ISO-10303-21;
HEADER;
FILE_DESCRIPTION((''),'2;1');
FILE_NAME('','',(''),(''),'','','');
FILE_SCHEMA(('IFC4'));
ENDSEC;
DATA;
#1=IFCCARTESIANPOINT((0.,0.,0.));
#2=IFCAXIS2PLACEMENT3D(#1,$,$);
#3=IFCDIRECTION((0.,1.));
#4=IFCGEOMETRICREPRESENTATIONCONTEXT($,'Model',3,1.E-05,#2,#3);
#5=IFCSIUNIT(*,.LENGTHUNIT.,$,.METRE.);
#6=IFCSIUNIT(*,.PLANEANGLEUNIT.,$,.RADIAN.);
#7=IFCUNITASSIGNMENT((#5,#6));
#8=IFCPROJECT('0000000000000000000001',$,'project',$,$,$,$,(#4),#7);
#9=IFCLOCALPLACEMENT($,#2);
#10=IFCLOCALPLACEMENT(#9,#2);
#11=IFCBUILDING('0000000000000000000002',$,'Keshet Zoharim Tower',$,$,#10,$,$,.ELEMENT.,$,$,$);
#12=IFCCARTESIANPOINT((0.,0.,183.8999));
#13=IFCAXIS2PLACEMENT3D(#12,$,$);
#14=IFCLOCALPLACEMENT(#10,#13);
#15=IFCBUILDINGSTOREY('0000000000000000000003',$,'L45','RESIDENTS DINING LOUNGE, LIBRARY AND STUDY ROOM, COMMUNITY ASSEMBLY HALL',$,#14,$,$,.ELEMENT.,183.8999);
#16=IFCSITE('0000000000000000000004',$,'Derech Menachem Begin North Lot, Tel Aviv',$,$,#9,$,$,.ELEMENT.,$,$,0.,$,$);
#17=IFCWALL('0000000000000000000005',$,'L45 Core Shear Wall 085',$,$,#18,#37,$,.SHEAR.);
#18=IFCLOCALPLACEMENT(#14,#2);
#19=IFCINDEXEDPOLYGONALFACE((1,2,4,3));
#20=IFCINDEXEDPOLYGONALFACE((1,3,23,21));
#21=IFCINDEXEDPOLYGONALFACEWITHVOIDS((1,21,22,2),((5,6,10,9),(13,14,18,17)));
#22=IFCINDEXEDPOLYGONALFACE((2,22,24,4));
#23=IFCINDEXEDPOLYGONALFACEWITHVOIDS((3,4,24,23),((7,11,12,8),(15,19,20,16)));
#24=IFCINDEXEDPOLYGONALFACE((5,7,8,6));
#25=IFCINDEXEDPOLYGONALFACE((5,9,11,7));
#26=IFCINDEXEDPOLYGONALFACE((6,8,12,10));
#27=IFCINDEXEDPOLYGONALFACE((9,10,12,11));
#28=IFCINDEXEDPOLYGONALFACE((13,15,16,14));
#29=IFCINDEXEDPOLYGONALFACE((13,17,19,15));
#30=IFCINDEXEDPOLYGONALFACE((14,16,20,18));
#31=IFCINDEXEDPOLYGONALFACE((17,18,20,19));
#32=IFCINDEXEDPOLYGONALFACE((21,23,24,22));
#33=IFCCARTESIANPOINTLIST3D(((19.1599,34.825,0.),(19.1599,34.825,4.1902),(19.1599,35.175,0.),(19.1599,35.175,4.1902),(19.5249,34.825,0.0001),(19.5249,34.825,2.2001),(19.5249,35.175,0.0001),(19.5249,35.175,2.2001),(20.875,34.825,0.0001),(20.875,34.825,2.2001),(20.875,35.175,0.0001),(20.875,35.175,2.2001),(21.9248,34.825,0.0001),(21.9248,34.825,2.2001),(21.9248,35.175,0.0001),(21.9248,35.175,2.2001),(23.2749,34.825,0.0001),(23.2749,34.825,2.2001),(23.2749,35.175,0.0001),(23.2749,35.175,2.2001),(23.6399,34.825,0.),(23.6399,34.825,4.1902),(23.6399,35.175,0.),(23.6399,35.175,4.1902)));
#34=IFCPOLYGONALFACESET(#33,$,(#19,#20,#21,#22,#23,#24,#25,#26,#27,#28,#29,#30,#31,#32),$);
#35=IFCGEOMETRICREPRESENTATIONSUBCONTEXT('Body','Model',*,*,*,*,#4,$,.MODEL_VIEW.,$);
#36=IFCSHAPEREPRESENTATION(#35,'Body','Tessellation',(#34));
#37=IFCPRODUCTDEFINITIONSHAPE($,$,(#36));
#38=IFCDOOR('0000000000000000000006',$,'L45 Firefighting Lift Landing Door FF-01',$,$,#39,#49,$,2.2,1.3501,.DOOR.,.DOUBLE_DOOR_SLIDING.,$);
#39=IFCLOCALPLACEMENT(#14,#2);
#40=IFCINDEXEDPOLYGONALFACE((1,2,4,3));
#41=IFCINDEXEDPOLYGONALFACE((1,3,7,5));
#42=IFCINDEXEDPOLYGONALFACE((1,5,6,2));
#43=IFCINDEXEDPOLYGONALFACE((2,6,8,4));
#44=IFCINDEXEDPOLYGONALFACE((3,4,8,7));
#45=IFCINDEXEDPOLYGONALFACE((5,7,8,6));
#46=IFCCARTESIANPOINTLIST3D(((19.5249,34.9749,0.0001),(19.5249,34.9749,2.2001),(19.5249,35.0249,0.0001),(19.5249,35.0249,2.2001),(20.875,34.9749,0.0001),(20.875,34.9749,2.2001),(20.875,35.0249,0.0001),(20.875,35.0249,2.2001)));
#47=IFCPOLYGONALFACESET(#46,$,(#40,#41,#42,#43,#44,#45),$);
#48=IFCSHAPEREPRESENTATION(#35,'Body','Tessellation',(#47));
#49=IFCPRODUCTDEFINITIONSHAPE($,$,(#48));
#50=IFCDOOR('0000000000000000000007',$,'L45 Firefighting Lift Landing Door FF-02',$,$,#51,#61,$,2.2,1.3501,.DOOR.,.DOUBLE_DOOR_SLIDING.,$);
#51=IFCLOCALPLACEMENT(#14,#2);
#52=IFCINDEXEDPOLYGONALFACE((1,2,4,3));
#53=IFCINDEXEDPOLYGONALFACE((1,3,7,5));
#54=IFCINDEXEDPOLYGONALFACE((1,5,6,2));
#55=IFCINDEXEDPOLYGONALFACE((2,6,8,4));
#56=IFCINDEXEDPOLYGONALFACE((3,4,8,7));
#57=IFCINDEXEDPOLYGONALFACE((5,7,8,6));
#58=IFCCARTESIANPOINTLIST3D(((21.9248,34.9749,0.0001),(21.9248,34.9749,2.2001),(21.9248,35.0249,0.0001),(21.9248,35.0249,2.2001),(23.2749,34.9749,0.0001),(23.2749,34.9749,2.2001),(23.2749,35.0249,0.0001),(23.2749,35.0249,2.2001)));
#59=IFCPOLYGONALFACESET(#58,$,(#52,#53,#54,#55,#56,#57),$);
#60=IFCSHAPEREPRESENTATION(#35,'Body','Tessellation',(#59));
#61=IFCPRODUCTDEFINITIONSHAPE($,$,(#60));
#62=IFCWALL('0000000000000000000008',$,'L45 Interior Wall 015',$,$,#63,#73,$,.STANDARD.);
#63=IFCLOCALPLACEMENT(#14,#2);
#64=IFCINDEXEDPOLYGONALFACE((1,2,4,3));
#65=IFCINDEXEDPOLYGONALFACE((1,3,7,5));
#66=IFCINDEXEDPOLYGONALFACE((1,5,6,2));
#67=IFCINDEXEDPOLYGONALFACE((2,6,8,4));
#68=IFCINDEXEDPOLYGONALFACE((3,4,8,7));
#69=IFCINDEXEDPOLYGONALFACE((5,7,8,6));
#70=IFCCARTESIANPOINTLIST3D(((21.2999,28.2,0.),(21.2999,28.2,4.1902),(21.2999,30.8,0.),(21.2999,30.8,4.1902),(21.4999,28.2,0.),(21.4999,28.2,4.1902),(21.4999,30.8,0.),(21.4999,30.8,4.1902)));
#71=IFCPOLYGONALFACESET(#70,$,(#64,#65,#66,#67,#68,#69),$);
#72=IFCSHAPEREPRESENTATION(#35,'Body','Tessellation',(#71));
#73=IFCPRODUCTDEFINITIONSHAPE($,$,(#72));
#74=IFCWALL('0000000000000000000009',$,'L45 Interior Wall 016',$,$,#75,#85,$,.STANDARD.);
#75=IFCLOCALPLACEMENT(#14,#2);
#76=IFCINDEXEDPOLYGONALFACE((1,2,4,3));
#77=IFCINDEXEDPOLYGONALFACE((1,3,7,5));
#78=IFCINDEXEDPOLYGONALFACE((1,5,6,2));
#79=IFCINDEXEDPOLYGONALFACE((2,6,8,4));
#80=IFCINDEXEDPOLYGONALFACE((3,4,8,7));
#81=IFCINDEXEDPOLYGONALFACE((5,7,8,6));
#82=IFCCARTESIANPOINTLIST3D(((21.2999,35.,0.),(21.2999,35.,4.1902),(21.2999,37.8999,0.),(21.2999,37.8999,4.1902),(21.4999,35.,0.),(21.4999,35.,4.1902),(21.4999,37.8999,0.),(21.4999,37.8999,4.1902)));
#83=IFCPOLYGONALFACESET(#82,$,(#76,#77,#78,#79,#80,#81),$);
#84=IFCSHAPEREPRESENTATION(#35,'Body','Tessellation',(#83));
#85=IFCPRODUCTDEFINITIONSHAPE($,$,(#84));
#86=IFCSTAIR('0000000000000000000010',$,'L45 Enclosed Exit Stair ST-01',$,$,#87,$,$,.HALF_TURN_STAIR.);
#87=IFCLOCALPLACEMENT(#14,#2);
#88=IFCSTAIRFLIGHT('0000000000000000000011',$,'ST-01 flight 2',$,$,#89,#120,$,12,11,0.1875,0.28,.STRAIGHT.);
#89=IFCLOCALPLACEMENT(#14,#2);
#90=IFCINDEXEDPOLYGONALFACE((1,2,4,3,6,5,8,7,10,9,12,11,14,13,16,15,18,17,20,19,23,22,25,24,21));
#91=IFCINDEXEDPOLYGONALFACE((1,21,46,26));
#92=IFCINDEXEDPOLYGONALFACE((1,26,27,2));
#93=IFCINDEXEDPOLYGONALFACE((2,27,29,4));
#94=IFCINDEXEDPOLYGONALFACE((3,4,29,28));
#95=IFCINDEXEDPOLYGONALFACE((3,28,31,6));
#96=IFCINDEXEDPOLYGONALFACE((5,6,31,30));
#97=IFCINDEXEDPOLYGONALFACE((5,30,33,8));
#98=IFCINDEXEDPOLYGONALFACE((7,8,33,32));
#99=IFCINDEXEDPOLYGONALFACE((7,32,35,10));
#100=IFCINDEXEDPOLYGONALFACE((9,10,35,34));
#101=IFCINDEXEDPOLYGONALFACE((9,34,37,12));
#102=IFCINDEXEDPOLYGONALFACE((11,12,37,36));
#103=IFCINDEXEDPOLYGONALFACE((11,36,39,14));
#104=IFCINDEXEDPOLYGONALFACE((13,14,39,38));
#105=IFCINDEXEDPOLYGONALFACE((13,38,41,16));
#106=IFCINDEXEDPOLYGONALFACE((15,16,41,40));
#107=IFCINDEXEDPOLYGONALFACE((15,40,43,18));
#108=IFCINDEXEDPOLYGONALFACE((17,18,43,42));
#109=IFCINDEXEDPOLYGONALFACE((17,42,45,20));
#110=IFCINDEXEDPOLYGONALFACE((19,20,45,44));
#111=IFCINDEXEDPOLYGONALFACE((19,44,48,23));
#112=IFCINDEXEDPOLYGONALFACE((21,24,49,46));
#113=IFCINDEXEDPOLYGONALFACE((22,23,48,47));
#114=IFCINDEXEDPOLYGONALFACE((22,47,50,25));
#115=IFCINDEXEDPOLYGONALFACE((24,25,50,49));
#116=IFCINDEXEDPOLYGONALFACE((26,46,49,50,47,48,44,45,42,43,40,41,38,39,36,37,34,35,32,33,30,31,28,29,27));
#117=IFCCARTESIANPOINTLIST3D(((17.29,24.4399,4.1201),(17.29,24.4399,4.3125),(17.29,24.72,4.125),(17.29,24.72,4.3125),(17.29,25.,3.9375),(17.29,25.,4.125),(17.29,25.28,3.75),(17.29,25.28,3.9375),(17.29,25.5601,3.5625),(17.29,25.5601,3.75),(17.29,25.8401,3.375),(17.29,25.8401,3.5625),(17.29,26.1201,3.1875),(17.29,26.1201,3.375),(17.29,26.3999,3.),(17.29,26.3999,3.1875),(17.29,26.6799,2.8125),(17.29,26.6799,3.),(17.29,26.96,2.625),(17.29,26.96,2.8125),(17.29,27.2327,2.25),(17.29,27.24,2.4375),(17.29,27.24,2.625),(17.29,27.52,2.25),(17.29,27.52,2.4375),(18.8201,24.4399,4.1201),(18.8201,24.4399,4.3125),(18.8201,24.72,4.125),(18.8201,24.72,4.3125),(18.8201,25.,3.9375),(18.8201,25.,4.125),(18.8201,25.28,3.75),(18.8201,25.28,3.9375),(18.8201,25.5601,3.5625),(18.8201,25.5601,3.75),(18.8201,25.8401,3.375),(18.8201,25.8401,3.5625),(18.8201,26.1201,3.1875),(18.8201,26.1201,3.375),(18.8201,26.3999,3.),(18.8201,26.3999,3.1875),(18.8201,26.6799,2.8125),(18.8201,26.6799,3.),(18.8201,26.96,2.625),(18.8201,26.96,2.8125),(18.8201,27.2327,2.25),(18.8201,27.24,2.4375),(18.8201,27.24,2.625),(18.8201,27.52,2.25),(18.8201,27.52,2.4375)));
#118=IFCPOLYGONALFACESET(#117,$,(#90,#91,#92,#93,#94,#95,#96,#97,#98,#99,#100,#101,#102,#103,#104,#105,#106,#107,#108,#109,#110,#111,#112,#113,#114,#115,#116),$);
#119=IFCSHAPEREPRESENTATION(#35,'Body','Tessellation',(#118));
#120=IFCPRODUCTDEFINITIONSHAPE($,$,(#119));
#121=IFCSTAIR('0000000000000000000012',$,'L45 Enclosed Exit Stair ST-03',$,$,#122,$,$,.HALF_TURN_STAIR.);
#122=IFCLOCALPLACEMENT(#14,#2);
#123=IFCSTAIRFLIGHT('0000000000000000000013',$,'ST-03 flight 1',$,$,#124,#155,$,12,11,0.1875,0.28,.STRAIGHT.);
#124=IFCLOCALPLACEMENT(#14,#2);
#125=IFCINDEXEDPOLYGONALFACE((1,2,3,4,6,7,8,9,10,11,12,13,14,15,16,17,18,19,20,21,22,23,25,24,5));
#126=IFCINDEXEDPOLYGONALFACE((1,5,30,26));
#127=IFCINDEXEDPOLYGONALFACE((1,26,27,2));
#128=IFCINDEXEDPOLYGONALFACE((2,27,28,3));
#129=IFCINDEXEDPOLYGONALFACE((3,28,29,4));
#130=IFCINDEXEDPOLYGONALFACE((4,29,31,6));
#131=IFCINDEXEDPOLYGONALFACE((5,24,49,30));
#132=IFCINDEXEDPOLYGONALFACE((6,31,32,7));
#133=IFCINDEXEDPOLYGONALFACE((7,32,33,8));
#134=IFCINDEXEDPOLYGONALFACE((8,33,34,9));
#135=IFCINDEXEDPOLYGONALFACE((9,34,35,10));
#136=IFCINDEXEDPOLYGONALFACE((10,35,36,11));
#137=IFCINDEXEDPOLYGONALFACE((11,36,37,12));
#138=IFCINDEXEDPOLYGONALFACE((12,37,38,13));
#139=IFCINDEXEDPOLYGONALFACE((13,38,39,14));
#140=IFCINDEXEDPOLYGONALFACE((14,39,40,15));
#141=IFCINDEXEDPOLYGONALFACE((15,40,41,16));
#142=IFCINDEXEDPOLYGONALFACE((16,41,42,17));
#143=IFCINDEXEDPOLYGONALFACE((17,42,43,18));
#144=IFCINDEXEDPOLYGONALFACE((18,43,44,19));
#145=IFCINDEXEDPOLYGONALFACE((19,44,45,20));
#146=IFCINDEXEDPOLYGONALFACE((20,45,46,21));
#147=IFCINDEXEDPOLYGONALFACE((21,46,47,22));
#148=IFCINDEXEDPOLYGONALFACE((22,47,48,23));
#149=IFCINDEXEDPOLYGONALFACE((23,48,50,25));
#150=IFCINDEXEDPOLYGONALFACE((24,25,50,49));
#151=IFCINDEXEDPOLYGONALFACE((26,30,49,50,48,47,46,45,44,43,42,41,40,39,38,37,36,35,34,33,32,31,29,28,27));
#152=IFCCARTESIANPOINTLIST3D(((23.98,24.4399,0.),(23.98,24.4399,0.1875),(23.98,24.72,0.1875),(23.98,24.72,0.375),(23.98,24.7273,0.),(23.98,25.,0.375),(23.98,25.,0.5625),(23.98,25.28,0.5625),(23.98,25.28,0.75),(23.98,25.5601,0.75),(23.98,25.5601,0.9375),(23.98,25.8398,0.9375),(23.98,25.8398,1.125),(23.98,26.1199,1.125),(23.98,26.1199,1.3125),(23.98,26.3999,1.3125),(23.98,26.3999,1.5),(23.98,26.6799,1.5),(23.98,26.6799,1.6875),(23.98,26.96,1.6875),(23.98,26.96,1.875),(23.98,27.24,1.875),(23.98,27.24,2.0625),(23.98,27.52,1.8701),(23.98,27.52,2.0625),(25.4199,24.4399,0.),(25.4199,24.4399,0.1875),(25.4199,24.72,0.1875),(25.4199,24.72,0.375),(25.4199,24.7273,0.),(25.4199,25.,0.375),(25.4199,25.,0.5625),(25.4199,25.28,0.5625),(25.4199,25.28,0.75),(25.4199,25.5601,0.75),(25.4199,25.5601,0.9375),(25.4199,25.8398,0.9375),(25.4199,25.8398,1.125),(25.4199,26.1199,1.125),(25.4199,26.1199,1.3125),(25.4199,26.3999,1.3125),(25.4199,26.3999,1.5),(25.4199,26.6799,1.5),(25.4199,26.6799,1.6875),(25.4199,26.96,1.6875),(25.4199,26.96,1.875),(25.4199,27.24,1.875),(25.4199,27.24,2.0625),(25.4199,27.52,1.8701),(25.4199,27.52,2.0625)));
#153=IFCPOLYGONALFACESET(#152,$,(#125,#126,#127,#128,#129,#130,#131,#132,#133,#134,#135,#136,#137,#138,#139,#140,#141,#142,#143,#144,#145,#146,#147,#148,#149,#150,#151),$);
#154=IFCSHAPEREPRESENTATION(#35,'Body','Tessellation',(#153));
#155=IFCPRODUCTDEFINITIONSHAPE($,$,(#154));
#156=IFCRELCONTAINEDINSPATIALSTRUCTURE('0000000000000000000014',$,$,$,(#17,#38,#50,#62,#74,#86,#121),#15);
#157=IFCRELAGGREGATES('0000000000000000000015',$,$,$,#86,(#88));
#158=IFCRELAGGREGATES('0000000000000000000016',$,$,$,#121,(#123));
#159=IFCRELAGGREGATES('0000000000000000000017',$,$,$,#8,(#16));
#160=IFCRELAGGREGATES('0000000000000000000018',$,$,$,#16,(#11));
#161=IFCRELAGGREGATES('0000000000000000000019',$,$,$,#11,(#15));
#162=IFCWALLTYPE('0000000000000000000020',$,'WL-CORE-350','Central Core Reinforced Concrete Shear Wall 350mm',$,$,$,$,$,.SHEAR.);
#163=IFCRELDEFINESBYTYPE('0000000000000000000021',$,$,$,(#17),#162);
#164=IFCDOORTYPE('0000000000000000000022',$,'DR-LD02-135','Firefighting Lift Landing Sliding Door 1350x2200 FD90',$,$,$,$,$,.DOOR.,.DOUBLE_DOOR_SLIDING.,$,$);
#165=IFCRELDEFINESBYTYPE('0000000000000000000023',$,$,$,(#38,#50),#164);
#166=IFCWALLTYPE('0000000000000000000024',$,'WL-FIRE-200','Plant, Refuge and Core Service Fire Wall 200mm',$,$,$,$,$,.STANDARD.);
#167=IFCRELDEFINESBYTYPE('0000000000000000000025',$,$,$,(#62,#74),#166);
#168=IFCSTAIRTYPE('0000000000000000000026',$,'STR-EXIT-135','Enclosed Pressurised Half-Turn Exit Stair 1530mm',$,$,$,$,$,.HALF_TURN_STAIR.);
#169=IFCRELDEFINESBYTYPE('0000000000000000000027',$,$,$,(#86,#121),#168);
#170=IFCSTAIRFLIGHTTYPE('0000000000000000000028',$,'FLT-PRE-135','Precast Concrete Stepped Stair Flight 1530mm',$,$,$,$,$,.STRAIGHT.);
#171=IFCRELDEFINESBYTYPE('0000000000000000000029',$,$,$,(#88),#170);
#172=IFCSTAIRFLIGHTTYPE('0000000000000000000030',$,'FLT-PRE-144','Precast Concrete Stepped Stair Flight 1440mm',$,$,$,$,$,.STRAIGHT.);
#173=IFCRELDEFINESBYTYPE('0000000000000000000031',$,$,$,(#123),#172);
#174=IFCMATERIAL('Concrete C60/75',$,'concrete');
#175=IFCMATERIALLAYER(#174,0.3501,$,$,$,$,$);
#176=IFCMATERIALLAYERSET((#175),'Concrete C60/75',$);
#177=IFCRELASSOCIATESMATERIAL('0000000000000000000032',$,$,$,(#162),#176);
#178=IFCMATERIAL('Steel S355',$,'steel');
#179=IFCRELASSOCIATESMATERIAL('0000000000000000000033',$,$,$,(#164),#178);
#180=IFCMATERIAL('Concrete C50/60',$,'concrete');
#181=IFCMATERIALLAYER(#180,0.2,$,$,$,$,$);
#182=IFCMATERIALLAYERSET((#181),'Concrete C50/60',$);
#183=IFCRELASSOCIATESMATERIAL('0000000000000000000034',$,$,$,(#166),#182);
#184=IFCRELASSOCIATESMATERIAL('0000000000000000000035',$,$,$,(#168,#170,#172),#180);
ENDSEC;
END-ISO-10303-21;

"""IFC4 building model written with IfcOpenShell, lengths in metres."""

from ifc_helpers import new_model, si_unit, direction, frame, frame_2d, origin, place, context, subcontext, project, spatial, polyline, rectangle, outline, extrude, material, layer, layer_set, type_object, element, fill, aggregate, save


model = new_model("IFC4")

# Units and contexts
model_context = context("Model", 3, precision=1e-05, world=origin(), true_north=direction((0.0, 1.0)))
body_context = subcontext(model_context, "Body", "Model", "MODEL_VIEW")
ifc_project = project(units=[si_unit("LENGTHUNIT", "METRE"), si_unit("PLANEANGLEUNIT", "RADIAN")], contexts=[model_context])

# Site, building, storey
site_placement = place(None, origin())
site = spatial("IfcSite", under=ifc_project, at=site_placement, Name="Derech Menachem Begin North Lot, Tel Aviv", CompositionType="ELEMENT", RefElevation=0.0)
building_placement = place(site_placement, origin())
building = spatial("IfcBuilding", under=site, at=building_placement, Name="Keshet Zoharim Tower", CompositionType="ELEMENT")
storey_placement = place(building_placement, frame((0.0, 0.0, 183.8999)))
storey = spatial("IfcBuildingStorey", under=building, at=storey_placement, Name="L45", Description="RESIDENTS DINING LOUNGE, LIBRARY AND STUDY ROOM, COMMUNITY ASSEMBLY HALL", CompositionType="ELEMENT", Elevation=183.8999)

# Shared definitions
ifc_material_1 = material(Name="Concrete C60/75", Category="concrete")
ifc_layer_1 = layer(ifc_material_1, 0.3501)
ifc_layer_set_1 = layer_set([ifc_layer_1], Name="Concrete C60/75")
wall_type_1 = type_object("IfcWallType", Name="WL-CORE-350", Description="Central Core Reinforced Concrete Shear Wall 350mm", PredefinedType="SHEAR", material=ifc_layer_set_1)

# Shared definitions
ifc_material_2 = material(Name="Steel S355", Category="steel")

# Wall, openings, doors
wall_1_placement = place(storey_placement, frame((19.1599, 35.0, 0.0), z_axis=(0.0, 0.0, 1.0), x_axis=(1.0, 0.0, 0.0)))
wall_1 = element("IfcWall", 1, at=wall_1_placement, inside=storey, type_object=wall_type_1, Name="L45 Core Shear Wall 085", PredefinedType="SHEAR", context=body_context, shape_type="SweptSolid", body=[
    extrude(rectangle(XDim=4.48, YDim=0.3501, at=frame_2d((2.24, 0.0))), origin(), (0.0, 0.0, 1.0), 4.1902),
])
opening_1_placement = place(wall_1_placement, frame((0.365, 0.0, 0.0)))
opening_1 = element("IfcOpeningElement", 2, at=opening_1_placement, cuts=wall_1, PredefinedType="OPENING", context=body_context, shape_type="SweptSolid", body=[
    extrude(rectangle(XDim=1.3501, YDim=2.2, at=frame_2d((0.675, 1.1001))), frame((0.0, 0.1851, 0.0), z_axis=(0.0, -1.0, 0.0), x_axis=(1.0, 0.0, 0.0)), (0.0, 0.0, 1.0), 0.3701),
])
opening_2_placement = place(wall_1_placement, frame((2.7649, 0.0, 0.0)))
opening_2 = element("IfcOpeningElement", 3, at=opening_2_placement, cuts=wall_1, PredefinedType="OPENING", context=body_context, shape_type="SweptSolid", body=[
    extrude(rectangle(XDim=1.3501, YDim=2.2, at=frame_2d((0.675, 1.1001))), frame((0.0, 0.1851, 0.0), z_axis=(0.0, -1.0, 0.0), x_axis=(1.0, 0.0, 0.0)), (0.0, 0.0, 1.0), 0.3701),
])
door_type_1 = type_object("IfcDoorType", Name="DR-LD02-135", Description="Firefighting Lift Landing Sliding Door 1350x2200 FD90", OperationType="DOUBLE_DOOR_SLIDING", PredefinedType="DOOR", material=ifc_material_2)
door_1_placement = place(opening_1_placement, origin())
door_1 = element("IfcDoor", 4, at=door_1_placement, inside=storey, type_object=door_type_1, Name="L45 Firefighting Lift Landing Door FF-01", OperationType="DOUBLE_DOOR_SLIDING", OverallHeight=2.2, OverallWidth=1.3501, PredefinedType="DOOR", context=body_context, shape_type="SweptSolid", body=[
    extrude(rectangle(XDim=1.3501, YDim=2.2, at=frame_2d((0.675, 1.1001))), frame((0.0, 0.0249, 0.0), z_axis=(0.0, -1.0, 0.0), x_axis=(1.0, 0.0, 0.0)), (0.0, 0.0, 1.0), 0.05),
])
fill(opening_1, door_1)
door_2_placement = place(opening_2_placement, origin())
door_2 = element("IfcDoor", 5, at=door_2_placement, inside=storey, type_object=door_type_1, Name="L45 Firefighting Lift Landing Door FF-02", OperationType="DOUBLE_DOOR_SLIDING", OverallHeight=2.2, OverallWidth=1.3501, PredefinedType="DOOR", context=body_context, shape_type="SweptSolid", body=[
    extrude(rectangle(XDim=1.3501, YDim=2.2, at=frame_2d((0.675, 1.1001))), frame((0.0, 0.0249, 0.0), z_axis=(0.0, -1.0, 0.0), x_axis=(1.0, 0.0, 0.0)), (0.0, 0.0, 1.0), 0.05),
])
fill(opening_2, door_2)

# Walls
ifc_material_3 = material(Name="Concrete C50/60", Category="concrete")
ifc_layer_2 = layer(ifc_material_3, 0.2)
ifc_layer_set_2 = layer_set([ifc_layer_2], Name="Concrete C50/60")
wall_type_2 = type_object("IfcWallType", Name="WL-FIRE-200", Description="Plant, Refuge and Core Service Fire Wall 200mm", PredefinedType="STANDARD", material=ifc_layer_set_2)
wall_2_placement = place(storey_placement, frame((21.3999, 28.2, 0.0), z_axis=(0.0, 0.0, 1.0), x_axis=(0.0, 1.0, 0.0)))
element("IfcWall", 6, at=wall_2_placement, inside=storey, type_object=wall_type_2, Name="L45 Interior Wall 015", PredefinedType="STANDARD", context=body_context, shape_type="SweptSolid", body=[
    extrude(rectangle(XDim=2.6001, YDim=0.2, at=frame_2d((1.3, 0.0))), origin(), (0.0, 0.0, 1.0), 4.1902),
])
wall_3_placement = place(storey_placement, frame((21.3999, 35.0, 0.0), z_axis=(0.0, 0.0, 1.0), x_axis=(0.0, 1.0, 0.0)))
element("IfcWall", 7, at=wall_3_placement, inside=storey, type_object=wall_type_2, Name="L45 Interior Wall 016", PredefinedType="STANDARD", context=body_context, shape_type="SweptSolid", body=[
    extrude(rectangle(XDim=2.8999, YDim=0.2, at=frame_2d((1.45, 0.0))), origin(), (0.0, 0.0, 1.0), 4.1902),
])

# Stair, stair flight
stair_type = type_object("IfcStairType", Name="STR-EXIT-135", Description="Enclosed Pressurised Half-Turn Exit Stair 1530mm", PredefinedType="HALF_TURN_STAIR", material=ifc_material_3)
stair_1_placement = place(storey_placement, origin())
stair_1 = element("IfcStair", 8, at=stair_1_placement, inside=storey, type_object=stair_type, Name="L45 Enclosed Exit Stair ST-01", PredefinedType="HALF_TURN_STAIR")
stair_flight_type_1 = type_object("IfcStairFlightType", Name="FLT-PRE-135", Description="Precast Concrete Stepped Stair Flight 1530mm", PredefinedType="STRAIGHT", material=ifc_material_3)
stair_flight_1_placement = place(storey_placement, frame((18.0549, 27.52, 2.25), z_axis=(0.0, 0.0, 1.0), x_axis=(0.0, -1.0, 0.0)))
stair_flight_1 = element("IfcStairFlight", 9, at=stair_flight_1_placement, type_object=stair_flight_type_1, Name="ST-01 flight 2", NumberOfRisers=12, NumberOfTreads=11, PredefinedType="STRAIGHT", RiserHeight=0.1875, TreadLength=0.28, context=body_context, shape_type="SweptSolid", body=[
    extrude(outline(polyline([(0.0, 0.0), (0.0, 0.1875), (0.28, 0.1875), (0.28, 0.375), (0.5601, 0.375), (0.5601, 0.5625), (0.8401, 0.5625), (0.8401, 0.75), (1.1201, 0.75), (1.1201, 0.9375), (1.3999, 0.9375), (1.3999, 1.125), (1.6799, 1.125), (1.6799, 1.3125), (1.96, 1.3125), (1.96, 1.5), (2.24, 1.5), (2.24, 1.6875), (2.52, 1.6875), (2.52, 1.875), (2.8, 1.875), (2.8, 2.0625), (3.0801, 2.0625), (3.0801, 2.25), (3.0801, 1.8701), (0.2874, 0.0), (0.0, 0.0)])), frame((0.0, 0.7651, 0.0), z_axis=(0.0, -1.0, 0.0), x_axis=(1.0, 0.0, 0.0)), (0.0, 0.0, 1.0), 1.53),
])
aggregate(stair_1, [stair_flight_1])

# Stair, stair flight
stair_2_placement = place(storey_placement, origin())
stair_2 = element("IfcStair", 10, at=stair_2_placement, inside=storey, type_object=stair_type, Name="L45 Enclosed Exit Stair ST-03", PredefinedType="HALF_TURN_STAIR")
stair_flight_type_2 = type_object("IfcStairFlightType", Name="FLT-PRE-144", Description="Precast Concrete Stepped Stair Flight 1440mm", PredefinedType="STRAIGHT", material=ifc_material_3)
stair_flight_2_placement = place(storey_placement, frame((24.7, 24.4399, 0.0), z_axis=(0.0, 0.0, 1.0), x_axis=(0.0, 1.0, 0.0)))
stair_flight_2 = element("IfcStairFlight", 11, at=stair_flight_2_placement, type_object=stair_flight_type_2, Name="ST-03 flight 1", NumberOfRisers=12, NumberOfTreads=11, PredefinedType="STRAIGHT", RiserHeight=0.1875, TreadLength=0.28, context=body_context, shape_type="SweptSolid", body=[
    extrude(outline(polyline([(0.0, 0.0), (0.0, 0.1875), (0.28, 0.1875), (0.28, 0.375), (0.5601, 0.375), (0.5601, 0.5625), (0.8401, 0.5625), (0.8401, 0.75), (1.1201, 0.75), (1.1201, 0.9375), (1.3999, 0.9375), (1.3999, 1.125), (1.6799, 1.125), (1.6799, 1.3125), (1.96, 1.3125), (1.96, 1.5), (2.24, 1.5), (2.24, 1.6875), (2.52, 1.6875), (2.52, 1.875), (2.8, 1.875), (2.8, 2.0625), (3.0801, 2.0625), (3.0801, 2.25), (3.0801, 1.8701), (0.2874, 0.0), (0.0, 0.0)])), frame((0.0, 0.72, 0.0), z_axis=(0.0, -1.0, 0.0), x_axis=(1.0, 0.0, 0.0)), (0.0, 0.0, 1.0), 1.4399),
])
aggregate(stair_2, [stair_flight_2])

save(model, "model.ifc")
